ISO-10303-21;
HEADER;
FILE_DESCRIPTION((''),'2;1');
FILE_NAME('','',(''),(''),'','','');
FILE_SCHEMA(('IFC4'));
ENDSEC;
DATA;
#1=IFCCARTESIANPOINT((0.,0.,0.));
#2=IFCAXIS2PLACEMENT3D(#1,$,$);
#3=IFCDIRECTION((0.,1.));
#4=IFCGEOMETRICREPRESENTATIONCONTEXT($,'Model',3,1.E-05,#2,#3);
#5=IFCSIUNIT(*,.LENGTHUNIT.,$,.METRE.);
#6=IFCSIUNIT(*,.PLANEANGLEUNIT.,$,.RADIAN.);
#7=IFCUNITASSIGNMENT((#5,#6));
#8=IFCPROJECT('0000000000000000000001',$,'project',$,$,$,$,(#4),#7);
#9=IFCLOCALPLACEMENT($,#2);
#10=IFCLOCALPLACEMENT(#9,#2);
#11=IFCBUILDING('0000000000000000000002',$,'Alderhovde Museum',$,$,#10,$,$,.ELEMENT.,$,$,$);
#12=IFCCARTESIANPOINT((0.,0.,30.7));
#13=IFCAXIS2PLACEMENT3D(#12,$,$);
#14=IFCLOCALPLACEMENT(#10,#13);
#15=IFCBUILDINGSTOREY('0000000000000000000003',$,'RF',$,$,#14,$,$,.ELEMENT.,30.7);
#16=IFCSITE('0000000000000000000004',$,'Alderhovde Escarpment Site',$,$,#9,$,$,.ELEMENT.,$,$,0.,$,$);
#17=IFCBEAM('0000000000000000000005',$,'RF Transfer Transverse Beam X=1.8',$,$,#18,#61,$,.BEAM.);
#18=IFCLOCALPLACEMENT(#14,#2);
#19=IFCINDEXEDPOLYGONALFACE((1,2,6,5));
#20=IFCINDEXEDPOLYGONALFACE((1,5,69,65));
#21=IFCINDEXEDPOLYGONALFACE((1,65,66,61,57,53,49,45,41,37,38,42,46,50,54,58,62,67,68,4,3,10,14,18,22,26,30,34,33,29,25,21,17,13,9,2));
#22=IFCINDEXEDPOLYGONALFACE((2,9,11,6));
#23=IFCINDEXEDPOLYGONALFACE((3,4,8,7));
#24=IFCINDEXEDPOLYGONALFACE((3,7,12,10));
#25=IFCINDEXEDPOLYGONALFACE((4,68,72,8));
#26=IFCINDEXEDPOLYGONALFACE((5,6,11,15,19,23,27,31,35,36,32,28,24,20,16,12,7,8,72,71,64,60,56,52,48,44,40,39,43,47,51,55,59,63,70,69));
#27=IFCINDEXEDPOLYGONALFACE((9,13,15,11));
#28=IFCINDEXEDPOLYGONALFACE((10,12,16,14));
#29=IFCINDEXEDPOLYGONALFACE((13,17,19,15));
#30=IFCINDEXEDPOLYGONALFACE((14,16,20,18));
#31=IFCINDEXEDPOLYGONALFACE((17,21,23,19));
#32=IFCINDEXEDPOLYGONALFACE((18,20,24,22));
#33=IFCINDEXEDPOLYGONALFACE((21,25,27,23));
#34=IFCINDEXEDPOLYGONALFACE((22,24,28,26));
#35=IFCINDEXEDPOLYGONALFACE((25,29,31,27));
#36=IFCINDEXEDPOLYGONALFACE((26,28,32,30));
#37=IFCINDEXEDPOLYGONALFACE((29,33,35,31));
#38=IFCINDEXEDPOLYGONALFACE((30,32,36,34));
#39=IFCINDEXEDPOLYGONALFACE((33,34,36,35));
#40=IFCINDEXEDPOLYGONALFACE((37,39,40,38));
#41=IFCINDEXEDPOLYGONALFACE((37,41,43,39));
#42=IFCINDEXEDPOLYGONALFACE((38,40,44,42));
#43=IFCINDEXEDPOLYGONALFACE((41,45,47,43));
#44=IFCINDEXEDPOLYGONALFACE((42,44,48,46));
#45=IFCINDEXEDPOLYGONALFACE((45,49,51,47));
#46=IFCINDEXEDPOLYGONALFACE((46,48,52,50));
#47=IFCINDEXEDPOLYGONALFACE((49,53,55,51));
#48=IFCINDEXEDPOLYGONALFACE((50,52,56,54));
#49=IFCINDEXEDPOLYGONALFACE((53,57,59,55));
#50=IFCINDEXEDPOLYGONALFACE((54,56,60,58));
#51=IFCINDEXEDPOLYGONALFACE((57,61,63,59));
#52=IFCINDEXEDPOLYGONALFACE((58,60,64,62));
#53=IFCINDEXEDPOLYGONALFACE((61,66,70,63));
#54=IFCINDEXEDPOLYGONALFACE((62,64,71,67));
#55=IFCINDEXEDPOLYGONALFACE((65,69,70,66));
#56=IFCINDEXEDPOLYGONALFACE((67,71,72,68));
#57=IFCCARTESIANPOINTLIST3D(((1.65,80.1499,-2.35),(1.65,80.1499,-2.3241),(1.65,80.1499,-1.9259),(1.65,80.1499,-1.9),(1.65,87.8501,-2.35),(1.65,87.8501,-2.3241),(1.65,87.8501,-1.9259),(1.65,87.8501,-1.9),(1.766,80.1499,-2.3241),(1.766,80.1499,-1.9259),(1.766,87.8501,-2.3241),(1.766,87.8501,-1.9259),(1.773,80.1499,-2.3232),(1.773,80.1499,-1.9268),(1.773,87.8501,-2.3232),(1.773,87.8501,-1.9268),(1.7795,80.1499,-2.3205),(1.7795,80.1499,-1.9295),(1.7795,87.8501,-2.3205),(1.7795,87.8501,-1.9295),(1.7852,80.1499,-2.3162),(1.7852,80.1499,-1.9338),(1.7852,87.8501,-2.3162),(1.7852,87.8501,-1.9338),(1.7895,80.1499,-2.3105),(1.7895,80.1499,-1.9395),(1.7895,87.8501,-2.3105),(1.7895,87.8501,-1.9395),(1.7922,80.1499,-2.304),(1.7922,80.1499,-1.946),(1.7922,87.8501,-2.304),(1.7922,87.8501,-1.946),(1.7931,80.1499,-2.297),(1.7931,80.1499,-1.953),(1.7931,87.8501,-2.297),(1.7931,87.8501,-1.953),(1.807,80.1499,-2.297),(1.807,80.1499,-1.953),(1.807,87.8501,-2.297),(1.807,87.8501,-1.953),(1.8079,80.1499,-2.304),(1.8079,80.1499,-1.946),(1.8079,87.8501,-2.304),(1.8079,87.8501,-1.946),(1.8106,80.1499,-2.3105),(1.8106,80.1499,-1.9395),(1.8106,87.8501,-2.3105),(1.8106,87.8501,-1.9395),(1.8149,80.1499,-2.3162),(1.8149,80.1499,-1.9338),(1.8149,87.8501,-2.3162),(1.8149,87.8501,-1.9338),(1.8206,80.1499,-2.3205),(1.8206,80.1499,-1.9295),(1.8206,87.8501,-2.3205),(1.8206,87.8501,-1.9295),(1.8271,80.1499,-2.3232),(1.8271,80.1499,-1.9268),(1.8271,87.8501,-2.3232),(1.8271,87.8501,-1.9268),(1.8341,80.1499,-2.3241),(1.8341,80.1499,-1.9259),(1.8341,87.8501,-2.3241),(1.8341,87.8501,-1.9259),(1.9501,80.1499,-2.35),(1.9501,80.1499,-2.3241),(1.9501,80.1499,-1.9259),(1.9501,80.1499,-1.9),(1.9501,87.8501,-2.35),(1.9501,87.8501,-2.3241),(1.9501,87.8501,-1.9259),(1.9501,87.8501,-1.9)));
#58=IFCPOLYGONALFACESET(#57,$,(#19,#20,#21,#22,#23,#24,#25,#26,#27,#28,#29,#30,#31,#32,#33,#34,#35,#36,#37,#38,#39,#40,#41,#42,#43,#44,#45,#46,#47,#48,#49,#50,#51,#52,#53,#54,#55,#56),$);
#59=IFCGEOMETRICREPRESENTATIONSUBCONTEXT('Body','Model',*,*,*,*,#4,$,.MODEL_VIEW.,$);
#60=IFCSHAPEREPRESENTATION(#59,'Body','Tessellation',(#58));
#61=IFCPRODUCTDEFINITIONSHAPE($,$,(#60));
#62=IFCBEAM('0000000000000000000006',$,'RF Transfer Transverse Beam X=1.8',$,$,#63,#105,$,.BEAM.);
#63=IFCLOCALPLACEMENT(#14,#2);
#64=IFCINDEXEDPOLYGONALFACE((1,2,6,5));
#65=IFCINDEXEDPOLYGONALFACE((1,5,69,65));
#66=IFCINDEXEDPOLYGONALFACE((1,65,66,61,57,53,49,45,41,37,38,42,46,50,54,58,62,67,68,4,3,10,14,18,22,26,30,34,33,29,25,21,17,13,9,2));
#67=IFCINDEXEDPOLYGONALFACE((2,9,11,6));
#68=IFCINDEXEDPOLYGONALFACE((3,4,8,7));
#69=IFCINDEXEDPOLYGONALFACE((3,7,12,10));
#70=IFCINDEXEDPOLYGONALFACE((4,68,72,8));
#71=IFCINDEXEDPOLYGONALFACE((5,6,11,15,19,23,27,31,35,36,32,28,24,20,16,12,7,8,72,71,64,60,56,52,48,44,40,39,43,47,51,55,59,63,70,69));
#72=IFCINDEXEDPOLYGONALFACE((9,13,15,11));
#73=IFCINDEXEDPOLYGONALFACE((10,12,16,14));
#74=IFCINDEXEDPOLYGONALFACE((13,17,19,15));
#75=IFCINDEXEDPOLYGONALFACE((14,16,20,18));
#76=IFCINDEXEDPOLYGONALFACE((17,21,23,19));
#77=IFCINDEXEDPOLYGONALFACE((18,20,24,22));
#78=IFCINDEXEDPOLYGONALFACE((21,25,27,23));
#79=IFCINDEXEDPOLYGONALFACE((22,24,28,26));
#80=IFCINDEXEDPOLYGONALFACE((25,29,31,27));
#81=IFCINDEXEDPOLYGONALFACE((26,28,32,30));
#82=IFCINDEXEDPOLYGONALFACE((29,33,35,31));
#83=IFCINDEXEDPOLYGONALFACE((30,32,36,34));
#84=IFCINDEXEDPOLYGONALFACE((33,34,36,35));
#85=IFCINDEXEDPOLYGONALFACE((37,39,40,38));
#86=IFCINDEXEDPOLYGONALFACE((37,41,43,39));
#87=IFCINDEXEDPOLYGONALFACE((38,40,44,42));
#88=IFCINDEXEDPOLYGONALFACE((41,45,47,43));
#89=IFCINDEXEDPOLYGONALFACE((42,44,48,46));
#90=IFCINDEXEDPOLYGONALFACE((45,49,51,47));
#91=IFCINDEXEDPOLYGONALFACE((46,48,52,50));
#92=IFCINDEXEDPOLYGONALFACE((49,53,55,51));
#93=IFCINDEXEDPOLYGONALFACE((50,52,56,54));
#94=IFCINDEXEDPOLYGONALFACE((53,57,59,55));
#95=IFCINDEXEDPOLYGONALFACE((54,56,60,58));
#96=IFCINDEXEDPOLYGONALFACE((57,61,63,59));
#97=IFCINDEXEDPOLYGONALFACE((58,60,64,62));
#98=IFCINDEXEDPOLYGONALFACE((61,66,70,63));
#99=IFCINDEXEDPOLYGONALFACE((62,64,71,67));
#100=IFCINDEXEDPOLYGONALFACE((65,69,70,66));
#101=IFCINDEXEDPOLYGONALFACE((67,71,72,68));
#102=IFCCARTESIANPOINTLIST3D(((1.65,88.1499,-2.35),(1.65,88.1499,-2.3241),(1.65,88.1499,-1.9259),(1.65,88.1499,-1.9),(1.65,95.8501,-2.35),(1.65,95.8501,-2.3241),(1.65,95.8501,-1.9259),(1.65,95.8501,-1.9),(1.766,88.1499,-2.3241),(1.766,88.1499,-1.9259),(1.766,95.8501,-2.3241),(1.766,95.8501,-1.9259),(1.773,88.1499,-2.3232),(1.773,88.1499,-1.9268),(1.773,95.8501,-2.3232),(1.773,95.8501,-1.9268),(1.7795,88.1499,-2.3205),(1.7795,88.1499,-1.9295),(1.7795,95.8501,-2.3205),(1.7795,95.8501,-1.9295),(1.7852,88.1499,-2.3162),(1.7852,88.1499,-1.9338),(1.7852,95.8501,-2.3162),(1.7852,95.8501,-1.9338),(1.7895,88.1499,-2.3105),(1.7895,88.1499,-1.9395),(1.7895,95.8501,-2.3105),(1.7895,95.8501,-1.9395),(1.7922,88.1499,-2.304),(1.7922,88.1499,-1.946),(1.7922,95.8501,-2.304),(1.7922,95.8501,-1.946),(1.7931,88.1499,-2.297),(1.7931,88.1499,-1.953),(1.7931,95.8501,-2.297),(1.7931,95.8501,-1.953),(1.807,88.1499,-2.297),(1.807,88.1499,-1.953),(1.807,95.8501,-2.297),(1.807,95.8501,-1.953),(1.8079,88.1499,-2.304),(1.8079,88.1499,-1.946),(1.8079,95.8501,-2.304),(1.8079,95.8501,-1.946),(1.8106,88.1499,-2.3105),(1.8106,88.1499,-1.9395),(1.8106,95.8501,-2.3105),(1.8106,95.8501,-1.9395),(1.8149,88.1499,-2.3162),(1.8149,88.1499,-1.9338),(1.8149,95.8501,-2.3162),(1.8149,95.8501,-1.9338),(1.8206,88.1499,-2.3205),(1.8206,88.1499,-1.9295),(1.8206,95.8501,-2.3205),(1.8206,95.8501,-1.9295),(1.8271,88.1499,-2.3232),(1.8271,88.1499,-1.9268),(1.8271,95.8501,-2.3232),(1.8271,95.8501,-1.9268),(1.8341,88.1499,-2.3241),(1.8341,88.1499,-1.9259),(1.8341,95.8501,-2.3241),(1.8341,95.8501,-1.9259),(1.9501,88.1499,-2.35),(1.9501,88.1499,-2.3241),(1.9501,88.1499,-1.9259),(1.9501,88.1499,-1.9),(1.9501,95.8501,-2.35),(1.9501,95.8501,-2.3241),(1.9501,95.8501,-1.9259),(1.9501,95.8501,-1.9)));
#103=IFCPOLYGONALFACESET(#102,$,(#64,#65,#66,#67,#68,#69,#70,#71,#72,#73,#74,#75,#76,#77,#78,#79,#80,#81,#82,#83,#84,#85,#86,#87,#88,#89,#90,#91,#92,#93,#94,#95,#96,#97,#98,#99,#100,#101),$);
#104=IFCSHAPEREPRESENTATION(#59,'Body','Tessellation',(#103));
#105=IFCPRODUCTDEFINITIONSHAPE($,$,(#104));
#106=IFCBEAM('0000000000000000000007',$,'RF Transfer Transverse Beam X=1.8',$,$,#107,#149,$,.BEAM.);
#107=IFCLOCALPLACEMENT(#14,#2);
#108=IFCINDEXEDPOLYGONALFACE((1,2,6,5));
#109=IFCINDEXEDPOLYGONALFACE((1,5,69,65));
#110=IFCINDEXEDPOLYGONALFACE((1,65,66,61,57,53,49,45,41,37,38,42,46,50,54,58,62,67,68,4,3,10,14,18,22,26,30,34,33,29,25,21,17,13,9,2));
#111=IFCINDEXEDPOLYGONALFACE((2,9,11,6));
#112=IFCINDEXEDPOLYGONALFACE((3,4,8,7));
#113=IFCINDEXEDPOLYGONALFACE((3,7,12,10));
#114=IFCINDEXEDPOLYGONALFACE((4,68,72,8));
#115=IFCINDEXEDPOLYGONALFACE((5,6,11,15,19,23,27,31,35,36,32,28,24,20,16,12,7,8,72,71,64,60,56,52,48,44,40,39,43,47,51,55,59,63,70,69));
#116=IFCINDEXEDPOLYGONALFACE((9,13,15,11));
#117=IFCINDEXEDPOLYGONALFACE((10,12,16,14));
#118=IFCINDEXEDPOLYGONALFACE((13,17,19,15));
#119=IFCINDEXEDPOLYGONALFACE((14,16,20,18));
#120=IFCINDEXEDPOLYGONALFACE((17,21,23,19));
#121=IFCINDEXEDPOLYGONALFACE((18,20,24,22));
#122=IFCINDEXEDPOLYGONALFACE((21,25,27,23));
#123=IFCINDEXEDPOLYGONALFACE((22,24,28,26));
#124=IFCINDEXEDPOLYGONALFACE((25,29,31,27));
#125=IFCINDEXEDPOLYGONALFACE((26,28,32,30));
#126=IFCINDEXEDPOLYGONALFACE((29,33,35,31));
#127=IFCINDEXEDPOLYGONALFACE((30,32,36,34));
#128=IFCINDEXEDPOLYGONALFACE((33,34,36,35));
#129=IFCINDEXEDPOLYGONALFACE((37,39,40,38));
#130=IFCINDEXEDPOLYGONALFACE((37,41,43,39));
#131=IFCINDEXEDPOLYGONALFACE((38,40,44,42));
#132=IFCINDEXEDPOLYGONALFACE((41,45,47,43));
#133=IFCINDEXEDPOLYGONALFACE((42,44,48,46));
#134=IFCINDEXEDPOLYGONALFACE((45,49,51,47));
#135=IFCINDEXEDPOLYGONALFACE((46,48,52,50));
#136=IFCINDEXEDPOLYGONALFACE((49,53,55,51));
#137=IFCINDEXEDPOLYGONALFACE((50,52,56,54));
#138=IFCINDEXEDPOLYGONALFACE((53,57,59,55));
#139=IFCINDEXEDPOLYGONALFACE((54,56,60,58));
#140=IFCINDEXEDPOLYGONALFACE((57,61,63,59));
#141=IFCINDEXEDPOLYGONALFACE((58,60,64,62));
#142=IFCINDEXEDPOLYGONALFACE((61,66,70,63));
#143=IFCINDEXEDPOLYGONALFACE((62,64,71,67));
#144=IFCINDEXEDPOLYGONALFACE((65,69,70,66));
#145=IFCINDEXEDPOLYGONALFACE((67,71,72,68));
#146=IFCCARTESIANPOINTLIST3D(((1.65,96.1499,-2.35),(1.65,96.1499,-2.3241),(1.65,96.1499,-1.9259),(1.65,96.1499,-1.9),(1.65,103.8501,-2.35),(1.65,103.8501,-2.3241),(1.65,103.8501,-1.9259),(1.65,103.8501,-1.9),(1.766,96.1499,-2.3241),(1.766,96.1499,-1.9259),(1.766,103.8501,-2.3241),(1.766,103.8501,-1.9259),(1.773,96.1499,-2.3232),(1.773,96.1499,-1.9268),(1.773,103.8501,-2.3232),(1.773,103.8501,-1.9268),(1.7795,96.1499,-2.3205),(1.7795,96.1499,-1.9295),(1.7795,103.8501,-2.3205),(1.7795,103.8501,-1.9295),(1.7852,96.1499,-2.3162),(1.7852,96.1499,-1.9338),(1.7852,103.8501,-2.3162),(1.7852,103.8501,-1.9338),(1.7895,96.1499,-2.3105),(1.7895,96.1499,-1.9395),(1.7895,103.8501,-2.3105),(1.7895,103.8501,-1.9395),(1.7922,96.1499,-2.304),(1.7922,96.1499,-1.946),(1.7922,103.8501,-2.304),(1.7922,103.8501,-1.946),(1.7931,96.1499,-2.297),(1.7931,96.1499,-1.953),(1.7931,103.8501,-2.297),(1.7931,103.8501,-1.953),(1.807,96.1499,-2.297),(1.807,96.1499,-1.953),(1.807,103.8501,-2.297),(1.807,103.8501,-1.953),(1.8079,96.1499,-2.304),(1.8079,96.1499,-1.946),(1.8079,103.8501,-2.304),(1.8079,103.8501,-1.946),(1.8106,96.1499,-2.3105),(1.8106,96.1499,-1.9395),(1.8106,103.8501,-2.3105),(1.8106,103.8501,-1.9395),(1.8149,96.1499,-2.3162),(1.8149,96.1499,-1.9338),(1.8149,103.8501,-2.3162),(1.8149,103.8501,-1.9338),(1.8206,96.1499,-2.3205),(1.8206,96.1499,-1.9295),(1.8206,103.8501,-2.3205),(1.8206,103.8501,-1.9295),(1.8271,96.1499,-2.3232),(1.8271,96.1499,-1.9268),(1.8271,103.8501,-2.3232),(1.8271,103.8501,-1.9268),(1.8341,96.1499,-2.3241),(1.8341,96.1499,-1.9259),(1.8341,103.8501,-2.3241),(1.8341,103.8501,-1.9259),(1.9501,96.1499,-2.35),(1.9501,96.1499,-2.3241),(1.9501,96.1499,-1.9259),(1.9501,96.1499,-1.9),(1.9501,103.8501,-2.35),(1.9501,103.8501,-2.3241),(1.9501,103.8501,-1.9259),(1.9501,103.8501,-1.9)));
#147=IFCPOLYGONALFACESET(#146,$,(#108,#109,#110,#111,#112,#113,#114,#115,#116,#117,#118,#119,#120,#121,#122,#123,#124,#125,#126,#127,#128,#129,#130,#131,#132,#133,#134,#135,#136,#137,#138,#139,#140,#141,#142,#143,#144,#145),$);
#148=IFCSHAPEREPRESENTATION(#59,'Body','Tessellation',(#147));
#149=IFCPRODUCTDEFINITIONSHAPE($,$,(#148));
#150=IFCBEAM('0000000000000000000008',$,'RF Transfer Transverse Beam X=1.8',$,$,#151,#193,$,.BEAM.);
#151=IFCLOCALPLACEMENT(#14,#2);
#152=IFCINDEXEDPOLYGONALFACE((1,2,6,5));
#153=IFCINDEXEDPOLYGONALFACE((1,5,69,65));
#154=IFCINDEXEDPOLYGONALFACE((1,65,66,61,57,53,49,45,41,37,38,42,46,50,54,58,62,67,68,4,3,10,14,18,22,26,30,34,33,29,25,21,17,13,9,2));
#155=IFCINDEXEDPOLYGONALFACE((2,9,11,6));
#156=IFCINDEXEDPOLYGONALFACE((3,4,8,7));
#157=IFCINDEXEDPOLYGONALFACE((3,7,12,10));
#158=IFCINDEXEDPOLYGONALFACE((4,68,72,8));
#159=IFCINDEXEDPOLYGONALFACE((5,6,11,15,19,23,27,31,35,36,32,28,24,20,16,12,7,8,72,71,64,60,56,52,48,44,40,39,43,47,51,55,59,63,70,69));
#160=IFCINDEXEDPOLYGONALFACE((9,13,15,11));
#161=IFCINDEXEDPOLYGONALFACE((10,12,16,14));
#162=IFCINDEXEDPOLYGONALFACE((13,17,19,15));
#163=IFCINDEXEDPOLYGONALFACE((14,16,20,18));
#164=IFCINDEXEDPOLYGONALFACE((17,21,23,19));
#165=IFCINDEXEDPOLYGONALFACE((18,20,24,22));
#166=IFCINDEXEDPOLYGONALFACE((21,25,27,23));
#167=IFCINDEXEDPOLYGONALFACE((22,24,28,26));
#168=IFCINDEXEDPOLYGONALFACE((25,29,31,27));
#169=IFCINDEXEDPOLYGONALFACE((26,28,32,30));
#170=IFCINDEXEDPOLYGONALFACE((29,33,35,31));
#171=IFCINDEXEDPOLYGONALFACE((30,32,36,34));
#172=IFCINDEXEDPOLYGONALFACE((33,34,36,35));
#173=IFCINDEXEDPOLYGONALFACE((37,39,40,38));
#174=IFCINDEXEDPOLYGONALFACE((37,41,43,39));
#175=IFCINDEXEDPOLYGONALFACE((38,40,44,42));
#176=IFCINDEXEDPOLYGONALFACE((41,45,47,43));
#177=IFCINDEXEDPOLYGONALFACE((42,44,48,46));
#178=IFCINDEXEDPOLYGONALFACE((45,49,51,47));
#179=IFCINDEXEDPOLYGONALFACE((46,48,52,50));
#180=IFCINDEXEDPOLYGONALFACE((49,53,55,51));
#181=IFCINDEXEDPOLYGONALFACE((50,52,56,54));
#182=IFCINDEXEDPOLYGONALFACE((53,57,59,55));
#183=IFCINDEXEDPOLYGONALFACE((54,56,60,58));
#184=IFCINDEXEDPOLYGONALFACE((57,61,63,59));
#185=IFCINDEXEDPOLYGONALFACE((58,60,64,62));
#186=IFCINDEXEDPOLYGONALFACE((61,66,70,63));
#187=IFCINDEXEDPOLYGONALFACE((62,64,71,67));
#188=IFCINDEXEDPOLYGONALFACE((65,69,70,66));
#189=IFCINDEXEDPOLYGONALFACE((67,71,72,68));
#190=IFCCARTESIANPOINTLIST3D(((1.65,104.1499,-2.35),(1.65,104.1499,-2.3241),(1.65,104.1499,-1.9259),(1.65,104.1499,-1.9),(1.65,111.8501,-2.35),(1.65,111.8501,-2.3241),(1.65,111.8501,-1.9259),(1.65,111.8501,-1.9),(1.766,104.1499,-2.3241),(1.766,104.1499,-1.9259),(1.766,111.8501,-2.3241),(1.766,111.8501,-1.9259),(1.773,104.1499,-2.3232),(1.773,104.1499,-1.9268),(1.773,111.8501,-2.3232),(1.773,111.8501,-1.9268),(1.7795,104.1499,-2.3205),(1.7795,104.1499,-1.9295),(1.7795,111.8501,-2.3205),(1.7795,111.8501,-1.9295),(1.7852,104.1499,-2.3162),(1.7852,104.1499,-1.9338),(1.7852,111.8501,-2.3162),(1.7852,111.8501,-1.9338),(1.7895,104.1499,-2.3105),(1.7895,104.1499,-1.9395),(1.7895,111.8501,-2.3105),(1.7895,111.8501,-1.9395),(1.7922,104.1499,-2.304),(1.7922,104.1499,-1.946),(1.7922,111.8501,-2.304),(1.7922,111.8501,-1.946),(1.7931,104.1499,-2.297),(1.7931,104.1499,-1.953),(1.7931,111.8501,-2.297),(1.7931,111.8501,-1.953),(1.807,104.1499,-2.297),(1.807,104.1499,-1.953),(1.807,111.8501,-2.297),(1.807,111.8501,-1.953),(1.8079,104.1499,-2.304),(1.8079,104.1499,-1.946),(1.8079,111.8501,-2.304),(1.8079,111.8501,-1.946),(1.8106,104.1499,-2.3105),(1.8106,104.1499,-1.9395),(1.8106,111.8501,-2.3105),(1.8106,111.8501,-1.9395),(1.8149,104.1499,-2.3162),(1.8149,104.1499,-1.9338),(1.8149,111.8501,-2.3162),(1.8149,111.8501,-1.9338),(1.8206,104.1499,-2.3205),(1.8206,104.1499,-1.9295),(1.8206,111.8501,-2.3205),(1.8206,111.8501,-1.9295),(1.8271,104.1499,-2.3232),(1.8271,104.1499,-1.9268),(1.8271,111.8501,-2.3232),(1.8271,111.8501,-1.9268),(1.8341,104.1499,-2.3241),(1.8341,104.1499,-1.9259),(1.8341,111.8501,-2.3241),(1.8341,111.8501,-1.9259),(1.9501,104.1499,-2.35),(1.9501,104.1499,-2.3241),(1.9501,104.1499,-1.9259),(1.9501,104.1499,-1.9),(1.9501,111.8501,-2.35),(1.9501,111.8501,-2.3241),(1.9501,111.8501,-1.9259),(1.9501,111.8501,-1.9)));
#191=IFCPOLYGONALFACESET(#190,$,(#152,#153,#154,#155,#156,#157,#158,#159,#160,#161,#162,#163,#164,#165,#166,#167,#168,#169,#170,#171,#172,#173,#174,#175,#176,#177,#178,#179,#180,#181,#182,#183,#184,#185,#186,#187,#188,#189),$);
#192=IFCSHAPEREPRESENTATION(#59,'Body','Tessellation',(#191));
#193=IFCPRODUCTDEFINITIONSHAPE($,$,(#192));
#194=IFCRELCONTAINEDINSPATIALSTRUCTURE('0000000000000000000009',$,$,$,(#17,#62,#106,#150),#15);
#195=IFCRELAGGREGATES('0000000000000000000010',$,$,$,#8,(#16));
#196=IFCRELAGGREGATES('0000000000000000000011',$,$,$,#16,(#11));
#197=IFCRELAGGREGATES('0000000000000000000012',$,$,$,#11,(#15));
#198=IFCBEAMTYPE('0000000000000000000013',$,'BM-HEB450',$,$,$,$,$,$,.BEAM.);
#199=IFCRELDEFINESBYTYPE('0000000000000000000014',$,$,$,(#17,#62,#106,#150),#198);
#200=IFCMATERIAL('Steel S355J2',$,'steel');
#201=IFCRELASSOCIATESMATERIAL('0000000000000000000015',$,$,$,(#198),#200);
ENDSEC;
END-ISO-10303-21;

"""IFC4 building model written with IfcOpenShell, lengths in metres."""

from ifc_helpers import new_model, si_unit, direction, frame, origin, origin_2d, place, context, subcontext, project, spatial, i_section, extrude, material, material_profile, profile_set, type_object, element, save


model = new_model("IFC4")

# Units and contexts
model_context = context("Model", 3, precision=1e-05, world=origin(), true_north=direction((0.0, 1.0)))
body_context = subcontext(model_context, "Body", "Model", "MODEL_VIEW")
ifc_project = project(units=[si_unit("LENGTHUNIT", "METRE"), si_unit("PLANEANGLEUNIT", "RADIAN")], contexts=[model_context])

# Site, building, storey
site_placement = place(None, origin())
site = spatial("IfcSite", under=ifc_project, at=site_placement, Name="Alderhovde Escarpment Site", CompositionType="ELEMENT", RefElevation=0.0)
building_placement = place(site_placement, origin())
building = spatial("IfcBuilding", under=site, at=building_placement, Name="Alderhovde Museum", CompositionType="ELEMENT")
storey_placement = place(building_placement, frame((0.0, 0.0, 30.7)))
storey = spatial("IfcBuildingStorey", under=building, at=storey_placement, Name="RF", CompositionType="ELEMENT", Elevation=30.7)

# Beams
ifc_material_1 = material(Name="Steel S355J2", Category="steel")
ifc_material_profile = material_profile(ifc_material_1, i_section(OverallWidth=0.3, OverallDepth=0.45, WebThickness=0.0139, FlangeThickness=0.0259, FilletRadius=0.0271, at=origin_2d()), Name="HEB 450")
ifc_profile_set = profile_set([ifc_material_profile], Name="Steel S355J2")
beam_type = type_object("IfcBeamType", Name="BM-HEB450", PredefinedType="BEAM", material=ifc_profile_set)
for number, where, z_axis, x_axis, name in (
    (1, (1.8, 80.1499, -2.125), (0.0, 1.0, 0.0), (-1.0, 0.0, 0.0), "RF Transfer Transverse Beam X=1.8"),
    (2, (1.8, 88.1499, -2.125), (0.0, 1.0, 0.0), (-1.0, 0.0, 0.0), "RF Transfer Transverse Beam X=1.8"),
    (3, (1.8, 96.1499, -2.125), (0.0, 1.0, 0.0), (-1.0, 0.0, 0.0), "RF Transfer Transverse Beam X=1.8"),
    (4, (1.8, 104.1499, -2.125), (0.0, 1.0, 0.0), (-1.0, 0.0, 0.0), "RF Transfer Transverse Beam X=1.8"),
):
    element("IfcBeam", number, at=place(storey_placement, frame(where, z_axis=z_axis, x_axis=x_axis)), inside=storey, type_object=beam_type, Name=name, PredefinedType="BEAM", context=body_context, shape_type="SweptSolid", body=[
        extrude(i_section(OverallWidth=0.3, OverallDepth=0.45, WebThickness=0.0139, FlangeThickness=0.0259, FilletRadius=0.0271, at=origin_2d()), origin(), (0.0, 0.0, 1.0), 7.7002),
    ])

save(model, "model.ifc")
